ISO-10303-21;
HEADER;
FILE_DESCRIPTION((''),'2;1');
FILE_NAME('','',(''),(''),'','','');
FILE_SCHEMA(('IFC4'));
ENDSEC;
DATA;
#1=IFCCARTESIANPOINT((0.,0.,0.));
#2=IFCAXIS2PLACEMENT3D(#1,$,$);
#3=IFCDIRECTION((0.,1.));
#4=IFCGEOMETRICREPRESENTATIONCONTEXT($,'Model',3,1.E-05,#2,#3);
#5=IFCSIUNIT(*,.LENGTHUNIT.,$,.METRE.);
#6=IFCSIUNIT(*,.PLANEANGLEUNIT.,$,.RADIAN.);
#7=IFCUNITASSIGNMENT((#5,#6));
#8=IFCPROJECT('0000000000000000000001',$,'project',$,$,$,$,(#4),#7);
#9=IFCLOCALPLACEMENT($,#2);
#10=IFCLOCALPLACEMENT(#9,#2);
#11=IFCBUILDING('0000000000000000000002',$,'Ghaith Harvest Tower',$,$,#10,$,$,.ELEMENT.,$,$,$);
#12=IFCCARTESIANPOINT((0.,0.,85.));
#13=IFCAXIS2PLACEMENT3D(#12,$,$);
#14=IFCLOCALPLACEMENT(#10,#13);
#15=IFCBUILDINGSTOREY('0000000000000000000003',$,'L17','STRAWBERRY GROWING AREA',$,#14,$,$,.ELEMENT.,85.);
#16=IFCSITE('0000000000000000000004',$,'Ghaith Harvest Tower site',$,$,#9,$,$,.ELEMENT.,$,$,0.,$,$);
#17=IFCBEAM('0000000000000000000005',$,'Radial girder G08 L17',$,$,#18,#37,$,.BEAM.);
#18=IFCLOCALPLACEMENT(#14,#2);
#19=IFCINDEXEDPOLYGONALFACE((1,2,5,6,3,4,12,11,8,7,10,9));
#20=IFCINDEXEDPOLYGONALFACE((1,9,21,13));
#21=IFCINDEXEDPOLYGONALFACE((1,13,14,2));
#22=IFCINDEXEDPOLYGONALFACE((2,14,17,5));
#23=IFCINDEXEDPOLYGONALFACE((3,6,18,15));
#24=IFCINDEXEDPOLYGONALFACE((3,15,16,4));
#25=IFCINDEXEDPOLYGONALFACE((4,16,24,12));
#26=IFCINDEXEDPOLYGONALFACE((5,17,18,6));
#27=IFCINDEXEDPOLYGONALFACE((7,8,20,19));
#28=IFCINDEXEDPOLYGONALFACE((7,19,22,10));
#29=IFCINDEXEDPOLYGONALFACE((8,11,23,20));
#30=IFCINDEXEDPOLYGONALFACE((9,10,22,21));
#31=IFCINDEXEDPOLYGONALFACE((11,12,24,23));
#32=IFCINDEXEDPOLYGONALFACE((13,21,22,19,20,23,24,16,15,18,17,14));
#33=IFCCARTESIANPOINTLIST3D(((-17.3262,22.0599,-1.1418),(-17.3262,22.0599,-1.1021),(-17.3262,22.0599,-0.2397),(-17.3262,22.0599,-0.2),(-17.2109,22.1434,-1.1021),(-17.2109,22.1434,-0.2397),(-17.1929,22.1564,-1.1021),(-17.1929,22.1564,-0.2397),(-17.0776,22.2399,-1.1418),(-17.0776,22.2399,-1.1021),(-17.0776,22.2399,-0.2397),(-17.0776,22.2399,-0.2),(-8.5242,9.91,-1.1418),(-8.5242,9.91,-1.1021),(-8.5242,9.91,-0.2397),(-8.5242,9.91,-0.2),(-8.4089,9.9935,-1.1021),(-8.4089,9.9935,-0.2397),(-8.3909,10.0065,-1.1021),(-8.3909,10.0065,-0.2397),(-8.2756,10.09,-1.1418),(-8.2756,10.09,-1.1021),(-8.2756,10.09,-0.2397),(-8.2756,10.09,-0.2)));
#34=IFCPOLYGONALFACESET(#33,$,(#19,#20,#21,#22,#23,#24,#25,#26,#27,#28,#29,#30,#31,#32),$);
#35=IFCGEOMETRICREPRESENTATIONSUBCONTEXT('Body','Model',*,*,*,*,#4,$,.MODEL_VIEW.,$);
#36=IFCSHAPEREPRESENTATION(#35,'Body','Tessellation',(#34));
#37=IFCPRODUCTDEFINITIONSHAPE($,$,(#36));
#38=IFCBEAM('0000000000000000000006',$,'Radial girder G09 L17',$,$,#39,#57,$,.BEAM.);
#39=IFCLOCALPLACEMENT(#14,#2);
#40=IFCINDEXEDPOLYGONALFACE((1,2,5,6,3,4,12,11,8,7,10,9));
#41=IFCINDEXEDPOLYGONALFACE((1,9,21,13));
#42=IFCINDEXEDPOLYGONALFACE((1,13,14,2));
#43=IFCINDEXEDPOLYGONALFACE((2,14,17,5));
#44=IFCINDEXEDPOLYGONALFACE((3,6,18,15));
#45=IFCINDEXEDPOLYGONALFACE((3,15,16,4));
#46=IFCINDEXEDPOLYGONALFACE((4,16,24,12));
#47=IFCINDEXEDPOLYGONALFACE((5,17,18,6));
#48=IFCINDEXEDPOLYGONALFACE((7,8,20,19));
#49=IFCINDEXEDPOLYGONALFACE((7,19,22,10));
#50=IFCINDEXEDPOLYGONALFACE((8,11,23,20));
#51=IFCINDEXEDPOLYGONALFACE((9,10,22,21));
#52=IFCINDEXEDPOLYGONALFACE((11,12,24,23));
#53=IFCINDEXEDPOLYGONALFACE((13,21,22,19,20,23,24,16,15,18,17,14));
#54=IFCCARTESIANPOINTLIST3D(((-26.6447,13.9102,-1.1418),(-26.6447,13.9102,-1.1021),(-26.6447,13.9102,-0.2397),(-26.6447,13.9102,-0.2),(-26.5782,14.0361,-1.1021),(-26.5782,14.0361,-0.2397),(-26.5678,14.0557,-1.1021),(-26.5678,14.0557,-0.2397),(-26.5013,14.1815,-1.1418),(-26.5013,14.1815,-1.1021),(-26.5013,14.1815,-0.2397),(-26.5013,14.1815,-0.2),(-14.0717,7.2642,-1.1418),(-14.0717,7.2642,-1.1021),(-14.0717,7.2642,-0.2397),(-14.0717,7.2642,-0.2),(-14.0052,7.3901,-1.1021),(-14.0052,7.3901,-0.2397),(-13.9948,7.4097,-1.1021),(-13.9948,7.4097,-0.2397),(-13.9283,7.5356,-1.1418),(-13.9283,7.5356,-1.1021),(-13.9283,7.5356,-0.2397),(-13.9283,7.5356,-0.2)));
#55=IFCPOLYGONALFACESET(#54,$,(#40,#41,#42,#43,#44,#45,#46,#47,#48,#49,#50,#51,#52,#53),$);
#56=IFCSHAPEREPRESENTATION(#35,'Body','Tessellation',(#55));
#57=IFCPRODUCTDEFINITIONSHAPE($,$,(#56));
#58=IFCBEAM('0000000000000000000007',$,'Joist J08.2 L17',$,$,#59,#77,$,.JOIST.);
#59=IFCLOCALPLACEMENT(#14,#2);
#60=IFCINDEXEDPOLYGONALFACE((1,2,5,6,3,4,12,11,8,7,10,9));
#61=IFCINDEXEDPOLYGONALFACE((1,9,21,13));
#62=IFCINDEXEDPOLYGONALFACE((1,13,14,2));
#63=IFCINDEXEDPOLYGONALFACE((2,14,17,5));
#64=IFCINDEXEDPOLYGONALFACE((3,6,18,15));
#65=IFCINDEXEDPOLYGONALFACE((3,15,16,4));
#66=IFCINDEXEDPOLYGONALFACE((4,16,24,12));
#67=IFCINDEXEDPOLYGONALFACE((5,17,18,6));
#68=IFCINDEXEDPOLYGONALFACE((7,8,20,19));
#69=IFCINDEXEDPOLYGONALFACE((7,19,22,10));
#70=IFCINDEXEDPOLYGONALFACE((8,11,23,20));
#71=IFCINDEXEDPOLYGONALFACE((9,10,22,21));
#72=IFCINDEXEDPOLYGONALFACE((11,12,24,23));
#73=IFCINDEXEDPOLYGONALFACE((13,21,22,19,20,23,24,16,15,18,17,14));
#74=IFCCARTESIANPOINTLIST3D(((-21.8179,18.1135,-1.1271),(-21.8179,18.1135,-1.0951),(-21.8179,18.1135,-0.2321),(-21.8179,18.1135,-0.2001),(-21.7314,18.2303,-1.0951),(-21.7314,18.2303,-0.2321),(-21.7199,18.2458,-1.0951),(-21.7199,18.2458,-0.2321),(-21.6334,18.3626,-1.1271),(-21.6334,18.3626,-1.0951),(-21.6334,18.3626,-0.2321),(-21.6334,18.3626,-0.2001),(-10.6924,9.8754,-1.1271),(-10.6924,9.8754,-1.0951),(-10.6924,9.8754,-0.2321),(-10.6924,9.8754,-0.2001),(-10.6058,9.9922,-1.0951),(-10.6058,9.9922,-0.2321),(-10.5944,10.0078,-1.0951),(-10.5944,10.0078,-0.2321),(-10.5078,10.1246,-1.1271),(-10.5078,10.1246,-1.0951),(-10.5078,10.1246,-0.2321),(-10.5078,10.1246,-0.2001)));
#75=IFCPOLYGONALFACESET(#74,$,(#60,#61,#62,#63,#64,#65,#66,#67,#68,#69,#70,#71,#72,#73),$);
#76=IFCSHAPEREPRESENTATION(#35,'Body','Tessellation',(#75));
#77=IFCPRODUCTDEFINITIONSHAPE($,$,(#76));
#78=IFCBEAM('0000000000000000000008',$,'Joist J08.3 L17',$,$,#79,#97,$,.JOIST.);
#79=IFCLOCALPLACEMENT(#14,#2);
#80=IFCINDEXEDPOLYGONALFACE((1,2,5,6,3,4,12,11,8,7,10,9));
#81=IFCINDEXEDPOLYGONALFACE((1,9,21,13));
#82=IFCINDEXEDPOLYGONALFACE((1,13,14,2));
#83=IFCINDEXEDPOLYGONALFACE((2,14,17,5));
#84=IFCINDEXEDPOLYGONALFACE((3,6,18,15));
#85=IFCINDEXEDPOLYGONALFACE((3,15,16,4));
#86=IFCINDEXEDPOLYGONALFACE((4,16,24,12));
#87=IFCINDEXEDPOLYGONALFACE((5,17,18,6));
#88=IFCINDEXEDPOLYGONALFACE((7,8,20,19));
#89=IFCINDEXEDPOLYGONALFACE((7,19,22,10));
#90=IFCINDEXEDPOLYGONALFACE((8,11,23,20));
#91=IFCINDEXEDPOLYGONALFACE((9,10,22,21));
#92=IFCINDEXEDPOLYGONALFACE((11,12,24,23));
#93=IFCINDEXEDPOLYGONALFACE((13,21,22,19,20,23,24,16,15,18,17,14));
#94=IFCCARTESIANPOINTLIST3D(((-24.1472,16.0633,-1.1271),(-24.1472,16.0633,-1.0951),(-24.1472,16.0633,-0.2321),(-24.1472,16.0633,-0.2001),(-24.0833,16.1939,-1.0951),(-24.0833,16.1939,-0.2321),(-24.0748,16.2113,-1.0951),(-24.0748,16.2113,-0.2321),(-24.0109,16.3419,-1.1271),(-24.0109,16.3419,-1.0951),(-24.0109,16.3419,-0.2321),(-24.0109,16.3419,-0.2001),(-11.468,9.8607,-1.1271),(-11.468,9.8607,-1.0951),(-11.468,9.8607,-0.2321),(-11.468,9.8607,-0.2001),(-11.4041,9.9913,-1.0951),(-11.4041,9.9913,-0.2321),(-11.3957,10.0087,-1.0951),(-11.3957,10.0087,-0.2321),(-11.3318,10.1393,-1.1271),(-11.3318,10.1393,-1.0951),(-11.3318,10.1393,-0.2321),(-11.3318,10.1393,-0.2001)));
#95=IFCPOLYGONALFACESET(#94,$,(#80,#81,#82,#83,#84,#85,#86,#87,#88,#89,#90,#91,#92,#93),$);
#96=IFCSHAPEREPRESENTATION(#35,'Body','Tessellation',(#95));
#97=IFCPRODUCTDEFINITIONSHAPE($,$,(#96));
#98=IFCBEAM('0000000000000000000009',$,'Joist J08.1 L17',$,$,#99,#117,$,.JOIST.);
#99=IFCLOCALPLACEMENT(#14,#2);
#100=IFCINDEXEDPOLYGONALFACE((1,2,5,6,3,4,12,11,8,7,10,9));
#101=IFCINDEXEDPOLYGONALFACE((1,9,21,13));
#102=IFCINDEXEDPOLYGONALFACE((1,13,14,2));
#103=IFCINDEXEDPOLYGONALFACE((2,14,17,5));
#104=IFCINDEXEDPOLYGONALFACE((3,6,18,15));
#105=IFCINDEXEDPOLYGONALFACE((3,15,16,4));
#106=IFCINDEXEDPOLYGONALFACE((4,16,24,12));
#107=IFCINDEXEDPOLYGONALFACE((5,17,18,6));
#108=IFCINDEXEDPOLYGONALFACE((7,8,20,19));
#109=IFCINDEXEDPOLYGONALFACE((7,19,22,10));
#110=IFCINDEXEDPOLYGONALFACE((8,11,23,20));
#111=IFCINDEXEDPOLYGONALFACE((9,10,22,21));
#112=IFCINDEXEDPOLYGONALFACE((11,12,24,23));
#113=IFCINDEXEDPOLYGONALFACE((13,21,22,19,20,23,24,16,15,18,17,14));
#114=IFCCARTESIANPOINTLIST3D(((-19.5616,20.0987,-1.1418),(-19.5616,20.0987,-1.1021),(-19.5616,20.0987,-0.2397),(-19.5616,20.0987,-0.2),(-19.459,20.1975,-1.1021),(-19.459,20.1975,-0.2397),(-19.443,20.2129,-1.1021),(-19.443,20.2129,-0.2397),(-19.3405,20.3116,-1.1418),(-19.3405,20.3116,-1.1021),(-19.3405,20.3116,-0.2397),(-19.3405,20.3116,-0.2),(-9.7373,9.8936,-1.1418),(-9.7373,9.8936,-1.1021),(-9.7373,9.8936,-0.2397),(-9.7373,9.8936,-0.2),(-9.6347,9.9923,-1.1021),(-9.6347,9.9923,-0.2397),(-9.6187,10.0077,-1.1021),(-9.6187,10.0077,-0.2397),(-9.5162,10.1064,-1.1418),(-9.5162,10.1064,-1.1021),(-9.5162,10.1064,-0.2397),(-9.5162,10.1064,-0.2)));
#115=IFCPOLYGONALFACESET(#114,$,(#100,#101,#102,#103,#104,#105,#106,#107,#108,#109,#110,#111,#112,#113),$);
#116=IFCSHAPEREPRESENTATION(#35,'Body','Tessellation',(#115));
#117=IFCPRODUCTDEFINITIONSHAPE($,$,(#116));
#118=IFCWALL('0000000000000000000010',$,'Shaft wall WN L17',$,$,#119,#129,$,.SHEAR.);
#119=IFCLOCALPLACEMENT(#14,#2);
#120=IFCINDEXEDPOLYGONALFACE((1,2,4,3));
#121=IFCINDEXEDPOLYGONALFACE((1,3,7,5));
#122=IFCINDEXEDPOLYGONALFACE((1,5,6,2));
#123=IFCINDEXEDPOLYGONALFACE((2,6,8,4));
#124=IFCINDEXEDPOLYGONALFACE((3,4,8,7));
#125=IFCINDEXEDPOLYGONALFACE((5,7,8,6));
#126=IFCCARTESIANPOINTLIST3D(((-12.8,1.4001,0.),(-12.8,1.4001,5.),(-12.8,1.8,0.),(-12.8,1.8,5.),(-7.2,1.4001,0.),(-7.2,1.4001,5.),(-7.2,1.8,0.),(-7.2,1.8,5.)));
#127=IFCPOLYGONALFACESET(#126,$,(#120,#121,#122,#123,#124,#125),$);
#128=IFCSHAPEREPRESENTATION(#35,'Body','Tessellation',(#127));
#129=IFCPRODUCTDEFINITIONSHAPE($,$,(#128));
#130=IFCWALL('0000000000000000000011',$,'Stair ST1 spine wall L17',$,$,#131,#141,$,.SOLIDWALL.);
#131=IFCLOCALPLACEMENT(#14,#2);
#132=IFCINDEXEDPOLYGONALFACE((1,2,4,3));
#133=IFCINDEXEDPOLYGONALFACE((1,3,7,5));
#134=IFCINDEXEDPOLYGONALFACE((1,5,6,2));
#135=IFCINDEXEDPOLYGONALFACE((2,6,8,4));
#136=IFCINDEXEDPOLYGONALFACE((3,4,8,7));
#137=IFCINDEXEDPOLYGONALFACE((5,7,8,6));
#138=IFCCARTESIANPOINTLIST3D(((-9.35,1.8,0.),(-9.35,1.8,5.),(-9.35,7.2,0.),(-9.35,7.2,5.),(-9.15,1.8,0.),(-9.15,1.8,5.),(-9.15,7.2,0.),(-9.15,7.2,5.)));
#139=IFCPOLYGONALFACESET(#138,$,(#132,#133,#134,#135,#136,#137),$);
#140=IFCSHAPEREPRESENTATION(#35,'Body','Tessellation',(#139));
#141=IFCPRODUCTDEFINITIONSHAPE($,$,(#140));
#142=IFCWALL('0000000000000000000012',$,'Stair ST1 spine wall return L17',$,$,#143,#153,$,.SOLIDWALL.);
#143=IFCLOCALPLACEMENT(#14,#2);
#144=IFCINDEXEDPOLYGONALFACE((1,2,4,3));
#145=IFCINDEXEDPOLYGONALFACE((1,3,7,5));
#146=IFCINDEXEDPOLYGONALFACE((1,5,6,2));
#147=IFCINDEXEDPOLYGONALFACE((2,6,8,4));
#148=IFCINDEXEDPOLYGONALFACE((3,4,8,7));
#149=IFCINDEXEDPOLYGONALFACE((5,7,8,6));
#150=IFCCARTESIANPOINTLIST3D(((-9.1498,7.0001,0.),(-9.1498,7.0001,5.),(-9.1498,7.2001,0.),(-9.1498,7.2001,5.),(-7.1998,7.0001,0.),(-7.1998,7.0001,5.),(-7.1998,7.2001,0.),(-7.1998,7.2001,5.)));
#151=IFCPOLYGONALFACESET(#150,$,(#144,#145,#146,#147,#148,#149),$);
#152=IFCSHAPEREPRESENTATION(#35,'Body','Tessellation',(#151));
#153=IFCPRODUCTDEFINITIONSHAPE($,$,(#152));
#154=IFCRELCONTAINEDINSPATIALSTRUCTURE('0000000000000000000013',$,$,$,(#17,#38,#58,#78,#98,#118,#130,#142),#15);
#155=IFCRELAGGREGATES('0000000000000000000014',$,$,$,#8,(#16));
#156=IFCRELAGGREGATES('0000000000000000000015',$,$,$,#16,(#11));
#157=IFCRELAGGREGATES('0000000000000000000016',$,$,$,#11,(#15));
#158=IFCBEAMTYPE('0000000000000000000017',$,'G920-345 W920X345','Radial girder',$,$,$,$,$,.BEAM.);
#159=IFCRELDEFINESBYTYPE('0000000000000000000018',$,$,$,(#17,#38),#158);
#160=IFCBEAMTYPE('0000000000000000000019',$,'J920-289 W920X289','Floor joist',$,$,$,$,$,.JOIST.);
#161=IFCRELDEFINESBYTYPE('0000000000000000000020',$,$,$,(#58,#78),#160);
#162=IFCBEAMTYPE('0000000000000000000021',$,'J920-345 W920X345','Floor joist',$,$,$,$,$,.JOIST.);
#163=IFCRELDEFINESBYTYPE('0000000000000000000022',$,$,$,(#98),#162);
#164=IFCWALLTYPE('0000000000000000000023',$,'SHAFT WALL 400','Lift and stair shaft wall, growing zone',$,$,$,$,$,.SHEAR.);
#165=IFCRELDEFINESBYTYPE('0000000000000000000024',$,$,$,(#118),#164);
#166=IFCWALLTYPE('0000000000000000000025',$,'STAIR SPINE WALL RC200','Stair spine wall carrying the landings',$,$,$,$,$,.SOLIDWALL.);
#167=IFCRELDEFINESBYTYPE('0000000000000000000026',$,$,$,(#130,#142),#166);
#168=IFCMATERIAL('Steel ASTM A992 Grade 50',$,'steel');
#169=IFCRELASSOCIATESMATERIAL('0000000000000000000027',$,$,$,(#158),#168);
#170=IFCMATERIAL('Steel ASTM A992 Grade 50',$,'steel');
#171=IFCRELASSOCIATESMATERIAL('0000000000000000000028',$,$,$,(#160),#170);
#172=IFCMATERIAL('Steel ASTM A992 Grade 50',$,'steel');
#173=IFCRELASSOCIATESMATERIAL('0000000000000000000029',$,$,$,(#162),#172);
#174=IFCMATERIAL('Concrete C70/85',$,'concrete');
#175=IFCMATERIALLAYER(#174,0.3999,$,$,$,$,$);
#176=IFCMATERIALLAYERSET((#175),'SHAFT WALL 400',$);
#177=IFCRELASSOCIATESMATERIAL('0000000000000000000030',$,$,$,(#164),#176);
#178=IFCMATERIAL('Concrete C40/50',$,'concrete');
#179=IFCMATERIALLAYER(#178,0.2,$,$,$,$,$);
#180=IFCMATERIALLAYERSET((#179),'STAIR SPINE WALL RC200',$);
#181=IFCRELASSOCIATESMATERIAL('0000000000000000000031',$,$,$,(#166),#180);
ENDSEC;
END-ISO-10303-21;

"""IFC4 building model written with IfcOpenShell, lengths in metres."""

from ifc_helpers import new_model, si_unit, direction, frame, frame_2d, origin, origin_2d, place, context, subcontext, project, spatial, rectangle, i_section, extrude, material, layer, layer_set, material_profile, profile_set, type_object, element, save


model = new_model("IFC4")

# Units and contexts
model_context = context("Model", 3, precision=1e-05, world=origin(), true_north=direction((0.0, 1.0)))
body_context = subcontext(model_context, "Body", "Model", "MODEL_VIEW")
ifc_project = project(units=[si_unit("LENGTHUNIT", "METRE"), si_unit("PLANEANGLEUNIT", "RADIAN")], contexts=[model_context])

# Site, building, storey
site_placement = place(None, origin())
site = spatial("IfcSite", under=ifc_project, at=site_placement, Name="Ghaith Harvest Tower site", CompositionType="ELEMENT", RefElevation=0.0)
building_placement = place(site_placement, origin())
building = spatial("IfcBuilding", under=site, at=building_placement, Name="Ghaith Harvest Tower", CompositionType="ELEMENT")
storey_placement = place(building_placement, frame((0.0, 0.0, 85.0)))
storey = spatial("IfcBuildingStorey", under=building, at=storey_placement, Name="L17", Description="STRAWBERRY GROWING AREA", CompositionType="ELEMENT", Elevation=85.0)

# Beams
ifc_material_1 = material(Name="Steel ASTM A992 Grade 50", Category="steel")
ifc_material_profile_1 = material_profile(ifc_material_1, i_section(OverallWidth=0.3069, OverallDepth=0.9419, WebThickness=0.0222, FlangeThickness=0.0398, at=origin_2d()), Name="W920X345")
ifc_profile_set_1 = profile_set([ifc_material_profile_1], Name="Steel ASTM A992 Grade 50")
beam_type_1 = type_object("IfcBeamType", Name="G920-345 W920X345", Description="Radial girder", PredefinedType="BEAM", material=ifc_profile_set_1)
beam_1_placement = place(storey_placement, frame((-8.3999, 10.0, -0.6709), z_axis=(-0.586676, 0.809822, 0.0), x_axis=(-0.809822, -0.586676, 0.0)))
element("IfcBeam", 1, at=beam_1_placement, inside=storey, type_object=beam_type_1, Name="Radial girder G08 L17", PredefinedType="BEAM", context=body_context, shape_type="SweptSolid", body=[
    extrude(i_section(OverallWidth=0.3069, OverallDepth=0.9419, WebThickness=0.0222, FlangeThickness=0.0398, at=origin_2d()), origin(), (0.0, 0.0, 1.0), 15.0032),
])
beam_2_placement = place(storey_placement, frame((-14.0, 7.3999, -0.6709), z_axis=(-0.884087, 0.467322, 0.0), x_axis=(-0.467322, -0.884087, 0.0)))
element("IfcBeam", 2, at=beam_2_placement, inside=storey, type_object=beam_type_1, Name="Radial girder G09 L17", PredefinedType="BEAM", context=body_context, shape_type="SweptSolid", body=[
    extrude(i_section(OverallWidth=0.3069, OverallDepth=0.9419, WebThickness=0.0222, FlangeThickness=0.0398, at=origin_2d()), origin(), (0.0, 0.0, 1.0), 14.2214),
])
ifc_material_2 = material(Name="Steel ASTM A992 Grade 50", Category="steel")
ifc_material_profile_2 = material_profile(ifc_material_2, i_section(OverallWidth=0.3101, OverallDepth=0.927, WebThickness=0.0193, FlangeThickness=0.032, at=origin_2d()), Name="W920X289")
ifc_profile_set_2 = profile_set([ifc_material_profile_2], Name="Steel ASTM A992 Grade 50")
beam_type_2 = type_object("IfcBeamType", Name="J920-289 W920X289", Description="Floor joist", PredefinedType="JOIST", material=ifc_profile_set_2)
beam_3_placement = place(storey_placement, frame((-10.6001, 10.0, -0.6636), z_axis=(-0.803663, 0.595085, 0.0), x_axis=(-0.595085, -0.803663, 0.0)))
element("IfcBeam", 3, at=beam_3_placement, inside=storey, type_object=beam_type_2, Name="Joist J08.2 L17", PredefinedType="JOIST", context=body_context, shape_type="SweptSolid", body=[
    extrude(i_section(OverallWidth=0.3101, OverallDepth=0.927, WebThickness=0.0193, FlangeThickness=0.032, at=origin_2d()), origin(), (0.0, 0.0, 1.0), 13.8435),
])
beam_4_placement = place(storey_placement, frame((-11.3999, 10.0, -0.6636), z_axis=(-0.898275, 0.439434, 0.0), x_axis=(-0.439434, -0.898275, 0.0)))
element("IfcBeam", 4, at=beam_4_placement, inside=storey, type_object=beam_type_2, Name="Joist J08.3 L17", PredefinedType="JOIST", context=body_context, shape_type="SweptSolid", body=[
    extrude(i_section(OverallWidth=0.3101, OverallDepth=0.927, WebThickness=0.0193, FlangeThickness=0.032, at=origin_2d()), origin(), (0.0, 0.0, 1.0), 14.115),
])
ifc_material_3 = material(Name="Steel ASTM A992 Grade 50", Category="steel")
ifc_material_profile_3 = material_profile(ifc_material_3, i_section(OverallWidth=0.3069, OverallDepth=0.9419, WebThickness=0.0222, FlangeThickness=0.0398, at=origin_2d()), Name="W920X345")
ifc_profile_set_3 = profile_set([ifc_material_profile_3], Name="Steel ASTM A992 Grade 50")
beam_type_3 = type_object("IfcBeamType", Name="J920-345 W920X345", Description="Floor joist", PredefinedType="JOIST", material=ifc_profile_set_3)
beam_5_placement = place(storey_placement, frame((-9.6267, 10.0, -0.6709), z_axis=(-0.693536, 0.720422, 0.0), x_axis=(-0.720422, -0.693536, 0.0)))
element("IfcBeam", 5, at=beam_5_placement, inside=storey, type_object=beam_type_3, Name="Joist J08.1 L17", PredefinedType="JOIST", context=body_context, shape_type="SweptSolid", body=[
    extrude(i_section(OverallWidth=0.3069, OverallDepth=0.9419, WebThickness=0.0222, FlangeThickness=0.0398, at=origin_2d()), origin(), (0.0, 0.0, 1.0), 14.1655),
])

# Shared definitions
ifc_material_4 = material(Name="Concrete C70/85", Category="concrete")
ifc_layer_1 = layer(ifc_material_4, 0.3999)
ifc_layer_set_1 = layer_set([ifc_layer_1], Name="SHAFT WALL 400")
wall_type_1 = type_object("IfcWallType", Name="SHAFT WALL 400", Description="Lift and stair shaft wall, growing zone", PredefinedType="SHEAR", material=ifc_layer_set_1)

# Walls
wall_1_placement = place(storey_placement, frame((-12.8, 1.6001, 0.0), z_axis=(0.0, 0.0, 1.0), x_axis=(1.0, 0.0, 0.0)))
element("IfcWall", 6, at=wall_1_placement, inside=storey, type_object=wall_type_1, Name="Shaft wall WN L17", PredefinedType="SHEAR", context=body_context, shape_type="SweptSolid", body=[
    extrude(rectangle(XDim=5.6001, YDim=0.3999, at=frame_2d((2.8, 0.0))), origin(), (0.0, 0.0, 1.0), 5.0),
])
ifc_material_5 = material(Name="Concrete C40/50", Category="concrete")
ifc_layer_2 = layer(ifc_material_5, 0.2)
ifc_layer_set_2 = layer_set([ifc_layer_2], Name="STAIR SPINE WALL RC200")
wall_type_2 = type_object("IfcWallType", Name="STAIR SPINE WALL RC200", Description="Stair spine wall carrying the landings", PredefinedType="SOLIDWALL", material=ifc_layer_set_2)
wall_2_placement = place(storey_placement, frame((-9.25, 7.2, 0.0), z_axis=(0.0, 0.0, 1.0), x_axis=(0.0, -1.0, 0.0)))
element("IfcWall", 7, at=wall_2_placement, inside=storey, type_object=wall_type_2, Name="Stair ST1 spine wall L17", PredefinedType="SOLIDWALL", context=body_context, shape_type="SweptSolid", body=[
    extrude(rectangle(XDim=5.3999, YDim=0.2, at=frame_2d((2.7, 0.0))), origin(), (0.0, 0.0, 1.0), 5.0),
])
wall_3_placement = place(storey_placement, frame((-9.1499, 7.1001, 0.0), z_axis=(0.0, 0.0, 1.0), x_axis=(1.0, 0.0, 0.0)))
element("IfcWall", 8, at=wall_3_placement, inside=storey, type_object=wall_type_2, Name="Stair ST1 spine wall return L17", PredefinedType="SOLIDWALL", context=body_context, shape_type="SweptSolid", body=[
    extrude(rectangle(XDim=1.95, YDim=0.2, at=frame_2d((0.9751, 0.0))), origin(), (0.0, 0.0, 1.0), 5.0),
])

save(model, "model.ifc")
